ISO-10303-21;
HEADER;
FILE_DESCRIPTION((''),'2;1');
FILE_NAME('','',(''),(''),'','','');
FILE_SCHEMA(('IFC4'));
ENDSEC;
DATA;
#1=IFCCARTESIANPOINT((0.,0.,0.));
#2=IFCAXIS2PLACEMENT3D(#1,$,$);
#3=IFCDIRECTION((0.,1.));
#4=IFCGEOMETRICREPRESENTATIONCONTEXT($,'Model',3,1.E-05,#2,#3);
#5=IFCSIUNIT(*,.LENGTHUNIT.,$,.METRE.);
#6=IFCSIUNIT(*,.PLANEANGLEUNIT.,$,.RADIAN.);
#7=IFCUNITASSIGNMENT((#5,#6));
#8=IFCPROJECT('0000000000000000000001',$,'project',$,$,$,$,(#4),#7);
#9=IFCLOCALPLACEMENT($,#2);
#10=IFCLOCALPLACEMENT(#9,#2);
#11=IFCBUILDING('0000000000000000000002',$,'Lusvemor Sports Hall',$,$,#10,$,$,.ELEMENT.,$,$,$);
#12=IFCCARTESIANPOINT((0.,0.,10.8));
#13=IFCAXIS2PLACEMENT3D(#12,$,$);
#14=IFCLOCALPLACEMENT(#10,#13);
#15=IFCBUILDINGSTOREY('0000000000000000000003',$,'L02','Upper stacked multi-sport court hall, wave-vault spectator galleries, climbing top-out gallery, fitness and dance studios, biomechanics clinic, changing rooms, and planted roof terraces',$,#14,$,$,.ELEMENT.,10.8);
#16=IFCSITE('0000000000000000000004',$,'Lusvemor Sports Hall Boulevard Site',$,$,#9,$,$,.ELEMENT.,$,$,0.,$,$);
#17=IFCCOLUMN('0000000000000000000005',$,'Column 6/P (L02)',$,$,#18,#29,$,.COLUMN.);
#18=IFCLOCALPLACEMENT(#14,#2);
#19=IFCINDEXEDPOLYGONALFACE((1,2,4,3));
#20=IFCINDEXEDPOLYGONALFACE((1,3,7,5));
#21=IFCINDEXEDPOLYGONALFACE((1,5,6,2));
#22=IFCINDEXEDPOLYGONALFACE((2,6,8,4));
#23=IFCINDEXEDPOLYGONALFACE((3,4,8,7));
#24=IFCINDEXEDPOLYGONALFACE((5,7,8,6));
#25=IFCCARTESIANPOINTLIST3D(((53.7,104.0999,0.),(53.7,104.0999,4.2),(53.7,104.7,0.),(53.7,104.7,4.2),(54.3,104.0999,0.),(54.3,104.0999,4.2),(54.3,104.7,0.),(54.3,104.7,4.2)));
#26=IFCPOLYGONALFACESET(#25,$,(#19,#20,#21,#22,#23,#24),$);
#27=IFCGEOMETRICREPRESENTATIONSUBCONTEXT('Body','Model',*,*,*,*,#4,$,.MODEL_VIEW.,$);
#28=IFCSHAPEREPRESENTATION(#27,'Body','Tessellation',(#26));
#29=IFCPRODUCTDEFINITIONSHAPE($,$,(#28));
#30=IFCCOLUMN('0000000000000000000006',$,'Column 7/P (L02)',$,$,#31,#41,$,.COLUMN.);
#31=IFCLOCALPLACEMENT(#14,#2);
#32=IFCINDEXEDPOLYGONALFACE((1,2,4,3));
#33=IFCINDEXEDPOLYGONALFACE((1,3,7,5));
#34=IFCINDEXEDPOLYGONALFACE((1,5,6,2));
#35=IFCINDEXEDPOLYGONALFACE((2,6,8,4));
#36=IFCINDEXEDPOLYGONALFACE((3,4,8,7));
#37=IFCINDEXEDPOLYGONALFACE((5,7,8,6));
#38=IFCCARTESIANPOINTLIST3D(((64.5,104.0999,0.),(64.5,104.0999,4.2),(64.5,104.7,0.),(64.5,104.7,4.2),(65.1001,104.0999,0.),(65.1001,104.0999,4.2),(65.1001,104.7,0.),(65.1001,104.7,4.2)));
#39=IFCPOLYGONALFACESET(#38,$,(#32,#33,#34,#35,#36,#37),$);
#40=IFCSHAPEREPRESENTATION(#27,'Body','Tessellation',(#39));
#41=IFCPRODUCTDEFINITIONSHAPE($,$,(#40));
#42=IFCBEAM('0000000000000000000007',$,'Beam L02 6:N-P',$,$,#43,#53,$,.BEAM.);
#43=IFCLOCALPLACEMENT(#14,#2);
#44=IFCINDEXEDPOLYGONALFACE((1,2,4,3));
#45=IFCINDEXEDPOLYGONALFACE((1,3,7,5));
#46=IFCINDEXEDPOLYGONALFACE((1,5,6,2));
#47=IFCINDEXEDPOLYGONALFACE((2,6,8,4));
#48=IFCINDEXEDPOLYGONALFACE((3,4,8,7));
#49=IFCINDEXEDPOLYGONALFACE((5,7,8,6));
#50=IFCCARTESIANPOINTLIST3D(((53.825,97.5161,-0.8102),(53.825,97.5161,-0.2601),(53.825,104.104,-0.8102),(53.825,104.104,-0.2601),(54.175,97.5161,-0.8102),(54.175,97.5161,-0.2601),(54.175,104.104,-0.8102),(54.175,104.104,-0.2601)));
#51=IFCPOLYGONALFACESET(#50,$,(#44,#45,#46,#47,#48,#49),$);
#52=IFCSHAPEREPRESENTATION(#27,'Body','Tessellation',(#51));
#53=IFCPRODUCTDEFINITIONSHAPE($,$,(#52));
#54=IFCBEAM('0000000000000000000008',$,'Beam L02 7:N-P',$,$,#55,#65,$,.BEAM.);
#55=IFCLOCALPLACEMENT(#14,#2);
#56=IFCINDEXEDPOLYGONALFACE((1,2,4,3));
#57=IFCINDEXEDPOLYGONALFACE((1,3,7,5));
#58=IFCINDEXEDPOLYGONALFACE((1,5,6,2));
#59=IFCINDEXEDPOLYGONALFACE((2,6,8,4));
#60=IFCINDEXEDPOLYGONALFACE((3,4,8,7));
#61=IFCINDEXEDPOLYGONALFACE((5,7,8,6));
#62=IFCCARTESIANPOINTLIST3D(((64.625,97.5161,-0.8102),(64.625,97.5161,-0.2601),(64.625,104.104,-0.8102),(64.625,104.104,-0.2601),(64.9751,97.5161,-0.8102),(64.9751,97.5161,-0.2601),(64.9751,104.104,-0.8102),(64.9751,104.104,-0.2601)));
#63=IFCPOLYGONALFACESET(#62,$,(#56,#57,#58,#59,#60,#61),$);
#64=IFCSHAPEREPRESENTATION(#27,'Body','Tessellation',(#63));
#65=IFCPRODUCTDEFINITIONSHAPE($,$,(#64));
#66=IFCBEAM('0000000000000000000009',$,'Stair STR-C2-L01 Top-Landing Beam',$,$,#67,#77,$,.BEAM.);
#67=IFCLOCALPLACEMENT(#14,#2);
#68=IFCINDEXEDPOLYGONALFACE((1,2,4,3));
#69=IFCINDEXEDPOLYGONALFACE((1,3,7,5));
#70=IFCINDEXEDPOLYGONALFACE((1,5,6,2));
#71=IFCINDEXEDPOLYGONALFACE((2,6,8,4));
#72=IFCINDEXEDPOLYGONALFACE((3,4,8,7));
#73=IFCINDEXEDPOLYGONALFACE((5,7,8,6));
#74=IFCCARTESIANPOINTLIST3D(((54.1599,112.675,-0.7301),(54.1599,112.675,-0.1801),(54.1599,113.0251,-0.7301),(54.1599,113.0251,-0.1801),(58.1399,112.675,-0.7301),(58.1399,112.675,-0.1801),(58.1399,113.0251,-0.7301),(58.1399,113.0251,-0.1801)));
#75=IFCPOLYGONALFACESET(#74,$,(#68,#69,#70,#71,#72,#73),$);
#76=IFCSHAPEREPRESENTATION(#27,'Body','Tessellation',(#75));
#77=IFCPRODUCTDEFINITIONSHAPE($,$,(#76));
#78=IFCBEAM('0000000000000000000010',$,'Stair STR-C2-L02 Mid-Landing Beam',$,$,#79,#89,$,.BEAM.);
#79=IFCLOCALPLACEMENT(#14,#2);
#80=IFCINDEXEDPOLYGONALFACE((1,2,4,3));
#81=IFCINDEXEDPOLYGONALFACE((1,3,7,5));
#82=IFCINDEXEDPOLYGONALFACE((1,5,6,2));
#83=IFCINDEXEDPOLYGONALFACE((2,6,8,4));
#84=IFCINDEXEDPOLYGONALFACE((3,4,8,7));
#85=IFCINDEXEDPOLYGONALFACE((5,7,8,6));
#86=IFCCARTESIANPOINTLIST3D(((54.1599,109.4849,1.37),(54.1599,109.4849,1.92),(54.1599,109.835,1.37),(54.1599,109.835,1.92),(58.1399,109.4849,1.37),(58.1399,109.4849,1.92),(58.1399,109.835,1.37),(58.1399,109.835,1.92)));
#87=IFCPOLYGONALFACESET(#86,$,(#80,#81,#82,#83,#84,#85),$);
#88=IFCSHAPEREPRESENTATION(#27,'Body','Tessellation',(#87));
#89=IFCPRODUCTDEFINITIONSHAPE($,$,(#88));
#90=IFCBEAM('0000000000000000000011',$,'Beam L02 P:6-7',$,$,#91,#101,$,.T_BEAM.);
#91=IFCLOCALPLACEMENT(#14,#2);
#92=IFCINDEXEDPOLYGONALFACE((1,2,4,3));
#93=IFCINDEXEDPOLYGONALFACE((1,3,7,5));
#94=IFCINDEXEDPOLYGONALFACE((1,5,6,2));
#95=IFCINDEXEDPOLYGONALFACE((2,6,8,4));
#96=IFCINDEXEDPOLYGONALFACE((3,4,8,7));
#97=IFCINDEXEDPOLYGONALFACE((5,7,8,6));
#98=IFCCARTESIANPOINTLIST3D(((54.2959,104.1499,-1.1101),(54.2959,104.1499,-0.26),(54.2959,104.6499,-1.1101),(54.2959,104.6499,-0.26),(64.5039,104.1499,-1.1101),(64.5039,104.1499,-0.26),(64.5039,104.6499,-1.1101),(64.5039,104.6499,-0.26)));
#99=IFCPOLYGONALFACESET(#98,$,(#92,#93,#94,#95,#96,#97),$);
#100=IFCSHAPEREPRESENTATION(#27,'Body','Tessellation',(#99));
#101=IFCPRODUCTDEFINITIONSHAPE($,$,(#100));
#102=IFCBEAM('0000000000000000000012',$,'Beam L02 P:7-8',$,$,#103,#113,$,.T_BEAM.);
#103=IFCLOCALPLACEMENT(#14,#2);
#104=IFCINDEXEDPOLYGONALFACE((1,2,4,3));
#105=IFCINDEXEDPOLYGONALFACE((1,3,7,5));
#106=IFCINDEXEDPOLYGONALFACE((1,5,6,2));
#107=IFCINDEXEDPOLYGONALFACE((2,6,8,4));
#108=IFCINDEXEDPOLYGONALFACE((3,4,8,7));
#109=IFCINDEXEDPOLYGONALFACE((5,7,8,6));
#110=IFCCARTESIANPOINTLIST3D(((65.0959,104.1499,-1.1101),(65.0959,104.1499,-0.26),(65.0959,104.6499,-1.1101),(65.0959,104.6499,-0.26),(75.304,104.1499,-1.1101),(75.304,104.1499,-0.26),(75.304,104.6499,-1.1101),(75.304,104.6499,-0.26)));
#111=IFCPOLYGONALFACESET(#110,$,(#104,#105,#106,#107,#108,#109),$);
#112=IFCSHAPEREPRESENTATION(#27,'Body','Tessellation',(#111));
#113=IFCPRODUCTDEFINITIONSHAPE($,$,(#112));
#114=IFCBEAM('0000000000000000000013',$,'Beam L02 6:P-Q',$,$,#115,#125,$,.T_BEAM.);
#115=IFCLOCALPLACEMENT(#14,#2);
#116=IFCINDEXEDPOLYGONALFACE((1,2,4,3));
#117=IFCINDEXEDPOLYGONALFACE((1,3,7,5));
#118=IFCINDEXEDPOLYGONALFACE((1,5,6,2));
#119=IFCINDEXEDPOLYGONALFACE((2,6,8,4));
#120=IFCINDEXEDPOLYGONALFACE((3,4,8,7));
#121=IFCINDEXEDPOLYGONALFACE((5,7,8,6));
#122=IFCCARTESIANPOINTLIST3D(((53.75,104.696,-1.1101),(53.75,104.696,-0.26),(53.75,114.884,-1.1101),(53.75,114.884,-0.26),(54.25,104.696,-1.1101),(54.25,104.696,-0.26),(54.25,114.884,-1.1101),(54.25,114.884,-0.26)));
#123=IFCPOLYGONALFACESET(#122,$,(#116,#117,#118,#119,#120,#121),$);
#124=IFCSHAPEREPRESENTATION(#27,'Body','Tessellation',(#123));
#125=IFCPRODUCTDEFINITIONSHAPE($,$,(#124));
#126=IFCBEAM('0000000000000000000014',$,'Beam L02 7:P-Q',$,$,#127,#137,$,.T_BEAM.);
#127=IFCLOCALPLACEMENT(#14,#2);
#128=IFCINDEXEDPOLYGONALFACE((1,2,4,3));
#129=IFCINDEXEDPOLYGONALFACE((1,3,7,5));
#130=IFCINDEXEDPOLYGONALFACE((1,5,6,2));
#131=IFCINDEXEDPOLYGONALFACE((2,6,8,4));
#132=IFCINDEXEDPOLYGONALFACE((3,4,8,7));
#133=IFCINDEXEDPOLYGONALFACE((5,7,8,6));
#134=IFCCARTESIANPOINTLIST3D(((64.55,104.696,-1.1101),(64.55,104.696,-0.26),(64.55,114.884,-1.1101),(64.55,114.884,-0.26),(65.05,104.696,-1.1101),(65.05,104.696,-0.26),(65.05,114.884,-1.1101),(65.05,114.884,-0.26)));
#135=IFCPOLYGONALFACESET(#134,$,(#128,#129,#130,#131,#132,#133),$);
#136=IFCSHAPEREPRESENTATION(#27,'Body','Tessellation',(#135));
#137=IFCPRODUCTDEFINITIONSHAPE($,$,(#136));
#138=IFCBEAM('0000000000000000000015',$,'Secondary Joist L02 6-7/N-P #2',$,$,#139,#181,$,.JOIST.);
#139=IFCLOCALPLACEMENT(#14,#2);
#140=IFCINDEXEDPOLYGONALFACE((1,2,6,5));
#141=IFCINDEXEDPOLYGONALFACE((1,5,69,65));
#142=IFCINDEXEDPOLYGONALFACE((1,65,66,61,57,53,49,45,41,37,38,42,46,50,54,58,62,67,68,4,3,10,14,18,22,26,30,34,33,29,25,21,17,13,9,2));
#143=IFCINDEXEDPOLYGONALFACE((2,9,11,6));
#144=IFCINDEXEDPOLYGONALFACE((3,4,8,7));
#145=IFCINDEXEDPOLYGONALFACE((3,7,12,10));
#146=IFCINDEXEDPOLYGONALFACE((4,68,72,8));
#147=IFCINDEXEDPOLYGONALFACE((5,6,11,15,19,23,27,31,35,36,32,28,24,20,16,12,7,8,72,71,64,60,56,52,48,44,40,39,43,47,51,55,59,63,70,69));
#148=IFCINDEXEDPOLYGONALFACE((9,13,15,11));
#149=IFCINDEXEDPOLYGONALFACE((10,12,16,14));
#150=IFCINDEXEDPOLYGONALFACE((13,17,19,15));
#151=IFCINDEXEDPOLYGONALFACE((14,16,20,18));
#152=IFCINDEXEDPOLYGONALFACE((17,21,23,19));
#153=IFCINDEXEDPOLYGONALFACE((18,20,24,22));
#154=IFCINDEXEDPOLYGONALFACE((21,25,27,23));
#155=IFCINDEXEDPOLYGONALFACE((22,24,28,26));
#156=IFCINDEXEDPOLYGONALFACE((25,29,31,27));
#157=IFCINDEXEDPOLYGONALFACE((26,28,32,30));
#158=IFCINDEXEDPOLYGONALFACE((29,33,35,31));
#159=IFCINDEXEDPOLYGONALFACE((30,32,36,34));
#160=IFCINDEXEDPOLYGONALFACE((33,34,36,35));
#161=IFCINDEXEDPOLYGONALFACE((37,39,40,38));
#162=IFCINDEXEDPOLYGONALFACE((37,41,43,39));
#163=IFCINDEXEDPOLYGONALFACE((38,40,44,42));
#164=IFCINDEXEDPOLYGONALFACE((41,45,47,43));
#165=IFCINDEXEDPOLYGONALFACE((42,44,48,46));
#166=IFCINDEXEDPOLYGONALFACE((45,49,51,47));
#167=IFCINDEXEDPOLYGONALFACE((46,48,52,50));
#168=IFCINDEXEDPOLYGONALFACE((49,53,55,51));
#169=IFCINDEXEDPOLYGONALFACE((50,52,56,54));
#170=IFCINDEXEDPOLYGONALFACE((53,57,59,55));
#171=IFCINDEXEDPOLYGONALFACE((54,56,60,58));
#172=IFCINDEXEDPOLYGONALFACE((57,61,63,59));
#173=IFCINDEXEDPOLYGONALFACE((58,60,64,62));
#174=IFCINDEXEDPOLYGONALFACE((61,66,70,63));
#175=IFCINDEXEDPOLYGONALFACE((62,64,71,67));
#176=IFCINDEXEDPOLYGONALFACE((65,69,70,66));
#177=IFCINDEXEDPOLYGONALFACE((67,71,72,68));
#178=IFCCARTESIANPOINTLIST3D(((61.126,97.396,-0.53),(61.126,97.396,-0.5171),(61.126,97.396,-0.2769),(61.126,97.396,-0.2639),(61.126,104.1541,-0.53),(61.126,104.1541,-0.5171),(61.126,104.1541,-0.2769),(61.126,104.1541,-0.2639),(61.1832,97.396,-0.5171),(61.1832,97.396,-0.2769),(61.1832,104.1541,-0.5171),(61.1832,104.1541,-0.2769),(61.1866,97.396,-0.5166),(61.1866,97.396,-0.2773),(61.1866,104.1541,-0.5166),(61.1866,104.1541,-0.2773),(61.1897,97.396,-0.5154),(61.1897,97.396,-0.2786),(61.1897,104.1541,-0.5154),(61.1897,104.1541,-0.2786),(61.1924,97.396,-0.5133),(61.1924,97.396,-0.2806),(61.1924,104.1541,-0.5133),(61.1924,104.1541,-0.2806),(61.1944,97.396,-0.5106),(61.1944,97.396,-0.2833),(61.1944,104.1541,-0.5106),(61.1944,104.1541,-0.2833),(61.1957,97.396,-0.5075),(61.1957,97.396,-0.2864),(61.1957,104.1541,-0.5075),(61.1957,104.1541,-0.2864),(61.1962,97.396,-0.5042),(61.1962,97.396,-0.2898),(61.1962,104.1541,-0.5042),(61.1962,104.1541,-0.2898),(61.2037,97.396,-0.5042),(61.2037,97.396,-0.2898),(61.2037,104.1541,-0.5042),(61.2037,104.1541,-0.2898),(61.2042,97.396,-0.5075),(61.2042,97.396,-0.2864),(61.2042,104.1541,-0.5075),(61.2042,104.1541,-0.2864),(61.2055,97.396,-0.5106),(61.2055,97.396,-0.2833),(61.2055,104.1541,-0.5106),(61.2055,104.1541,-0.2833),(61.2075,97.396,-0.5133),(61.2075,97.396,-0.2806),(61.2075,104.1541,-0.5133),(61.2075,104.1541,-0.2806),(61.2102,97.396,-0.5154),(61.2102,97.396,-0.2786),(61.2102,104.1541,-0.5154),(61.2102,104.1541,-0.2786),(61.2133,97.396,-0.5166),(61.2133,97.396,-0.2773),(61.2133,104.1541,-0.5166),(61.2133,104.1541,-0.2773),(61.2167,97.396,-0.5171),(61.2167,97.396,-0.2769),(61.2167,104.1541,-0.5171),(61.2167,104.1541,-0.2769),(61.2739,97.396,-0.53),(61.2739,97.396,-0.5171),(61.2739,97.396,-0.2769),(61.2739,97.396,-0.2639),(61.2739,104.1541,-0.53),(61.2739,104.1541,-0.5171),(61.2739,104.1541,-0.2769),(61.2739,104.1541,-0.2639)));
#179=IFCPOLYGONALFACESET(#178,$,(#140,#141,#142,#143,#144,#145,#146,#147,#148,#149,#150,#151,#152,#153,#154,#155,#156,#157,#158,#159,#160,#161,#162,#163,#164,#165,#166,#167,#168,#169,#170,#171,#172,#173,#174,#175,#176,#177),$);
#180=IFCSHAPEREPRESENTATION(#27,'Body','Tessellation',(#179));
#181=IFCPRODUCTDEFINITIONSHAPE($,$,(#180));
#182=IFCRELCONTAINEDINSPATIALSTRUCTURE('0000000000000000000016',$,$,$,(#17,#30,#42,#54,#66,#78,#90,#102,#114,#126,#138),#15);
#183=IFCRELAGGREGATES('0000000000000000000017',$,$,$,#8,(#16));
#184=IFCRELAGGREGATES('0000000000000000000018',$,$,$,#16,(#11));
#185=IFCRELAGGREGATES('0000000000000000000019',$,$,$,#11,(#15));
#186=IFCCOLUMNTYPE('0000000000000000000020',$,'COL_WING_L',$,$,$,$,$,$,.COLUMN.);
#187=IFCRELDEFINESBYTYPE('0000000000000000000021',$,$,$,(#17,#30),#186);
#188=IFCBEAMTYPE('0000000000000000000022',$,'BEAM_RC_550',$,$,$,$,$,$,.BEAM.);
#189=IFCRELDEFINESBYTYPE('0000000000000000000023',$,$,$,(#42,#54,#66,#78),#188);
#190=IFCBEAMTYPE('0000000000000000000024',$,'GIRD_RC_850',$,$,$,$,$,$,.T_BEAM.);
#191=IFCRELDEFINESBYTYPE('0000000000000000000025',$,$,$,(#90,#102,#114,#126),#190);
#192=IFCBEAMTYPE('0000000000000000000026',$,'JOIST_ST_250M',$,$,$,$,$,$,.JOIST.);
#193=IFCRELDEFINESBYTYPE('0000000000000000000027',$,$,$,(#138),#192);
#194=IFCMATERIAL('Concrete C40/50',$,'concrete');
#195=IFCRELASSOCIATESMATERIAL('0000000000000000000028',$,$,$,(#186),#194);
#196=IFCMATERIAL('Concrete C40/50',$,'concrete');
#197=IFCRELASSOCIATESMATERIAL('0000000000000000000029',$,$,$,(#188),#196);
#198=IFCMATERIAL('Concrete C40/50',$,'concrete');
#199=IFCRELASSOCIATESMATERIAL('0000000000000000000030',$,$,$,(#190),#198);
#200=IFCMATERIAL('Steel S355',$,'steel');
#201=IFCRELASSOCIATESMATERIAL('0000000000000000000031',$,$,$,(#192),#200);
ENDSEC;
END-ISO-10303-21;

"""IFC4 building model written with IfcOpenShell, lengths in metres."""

from ifc_helpers import new_model, si_unit, direction, frame, origin, origin_2d, place, context, subcontext, project, spatial, rectangle, i_section, extrude, material, material_profile, profile_set, type_object, element, save


model = new_model("IFC4")

# Units and contexts
model_context = context("Model", 3, precision=1e-05, world=origin(), true_north=direction((0.0, 1.0)))
body_context = subcontext(model_context, "Body", "Model", "MODEL_VIEW")
ifc_project = project(units=[si_unit("LENGTHUNIT", "METRE"), si_unit("PLANEANGLEUNIT", "RADIAN")], contexts=[model_context])

# Site, building, storey
site_placement = place(None, origin())
site = spatial("IfcSite", under=ifc_project, at=site_placement, Name="Lusvemor Sports Hall Boulevard Site", CompositionType="ELEMENT", RefElevation=0.0)
building_placement = place(site_placement, origin())
building = spatial("IfcBuilding", under=site, at=building_placement, Name="Lusvemor Sports Hall", CompositionType="ELEMENT")
storey_placement = place(building_placement, frame((0.0, 0.0, 10.8)))
storey = spatial("IfcBuildingStorey", under=building, at=storey_placement, Name="L02", Description="Upper stacked multi-sport court hall, wave-vault spectator galleries, climbing top-out gallery, fitness and dance studios, biomechanics clinic, changing rooms, and planted roof terraces", CompositionType="ELEMENT", Elevation=10.8)

# Columns
ifc_material_1 = material(Name="Concrete C40/50", Category="concrete")
ifc_material_profile_1 = material_profile(ifc_material_1, rectangle(XDim=0.6001, YDim=0.6001, at=origin_2d()), Name="RC600x600")
ifc_profile_set_1 = profile_set([ifc_material_profile_1], Name="Concrete C40/50")
column_type = type_object("IfcColumnType", Name="COL_WING_L", PredefinedType="COLUMN", material=ifc_profile_set_1)
for number, where, z_axis, x_axis, name in (
    (1, (54.0, 104.3999, 0.0), (0.0, 0.0, 1.0), (1.0, 0.0, 0.0), "Column 6/P (L02)"),
    (2, (64.8, 104.3999, 0.0), (0.0, 0.0, 1.0), (1.0, 0.0, 0.0), "Column 7/P (L02)"),
):
    element("IfcColumn", number, at=place(storey_placement, frame(where, z_axis=z_axis, x_axis=x_axis)), inside=storey, type_object=column_type, Name=name, PredefinedType="COLUMN", context=body_context, shape_type="SweptSolid", body=[
        extrude(rectangle(XDim=0.6001, YDim=0.6001, at=origin_2d()), origin(), (0.0, 0.0, 1.0), 4.2),
    ])

# Beams
ifc_material_2 = material(Name="Concrete C40/50", Category="concrete")
ifc_material_profile_2 = material_profile(ifc_material_2, rectangle(XDim=0.3501, YDim=0.55, at=origin_2d()), Name="RC350x550")
ifc_profile_set_2 = profile_set([ifc_material_profile_2], Name="Concrete C40/50")
beam_type_1 = type_object("IfcBeamType", Name="BEAM_RC_550", PredefinedType="BEAM", material=ifc_profile_set_2)
for number, where, z_axis, x_axis, name in (
    (3, (54.0, 97.5161, -0.5352), (0.0, 1.0, 0.0), (-1.0, 0.0, 0.0), "Beam L02 6:N-P"),
    (4, (64.8, 97.5161, -0.5352), (0.0, 1.0, 0.0), (-1.0, 0.0, 0.0), "Beam L02 7:N-P"),
):
    element("IfcBeam", number, at=place(storey_placement, frame(where, z_axis=z_axis, x_axis=x_axis)), inside=storey, type_object=beam_type_1, Name=name, PredefinedType="BEAM", context=body_context, shape_type="SweptSolid", body=[
        extrude(rectangle(XDim=0.3501, YDim=0.55, at=origin_2d()), origin(), (0.0, 0.0, 1.0), 6.5879),
    ])
for number, where, z_axis, x_axis, name in (
    (5, (54.1599, 112.8501, -0.4551), (1.0, 0.0, 0.0), (0.0, 1.0, 0.0), "Stair STR-C2-L01 Top-Landing Beam"),
    (6, (54.1599, 109.6599, 1.645), (1.0, 0.0, 0.0), (0.0, 1.0, 0.0), "Stair STR-C2-L02 Mid-Landing Beam"),
):
    element("IfcBeam", number, at=place(storey_placement, frame(where, z_axis=z_axis, x_axis=x_axis)), inside=storey, type_object=beam_type_1, Name=name, PredefinedType="BEAM", context=body_context, shape_type="SweptSolid", body=[
        extrude(rectangle(XDim=0.3501, YDim=0.55, at=origin_2d()), origin(), (0.0, 0.0, 1.0), 3.98),
    ])
ifc_material_3 = material(Name="Concrete C40/50", Category="concrete")
ifc_material_profile_3 = material_profile(ifc_material_3, rectangle(XDim=0.5, YDim=0.8501, at=origin_2d()), Name="RC500x850")
ifc_profile_set_3 = profile_set([ifc_material_profile_3], Name="Concrete C40/50")
beam_type_2 = type_object("IfcBeamType", Name="GIRD_RC_850", PredefinedType="T_BEAM", material=ifc_profile_set_3)
for number, where, z_axis, x_axis, name in (
    (7, (54.2959, 104.3999, -0.6851), (1.0, 0.0, 0.0), (0.0, 1.0, 0.0), "Beam L02 P:6-7"),
    (8, (65.0959, 104.3999, -0.6851), (1.0, 0.0, 0.0), (0.0, 1.0, 0.0), "Beam L02 P:7-8"),
):
    element("IfcBeam", number, at=place(storey_placement, frame(where, z_axis=z_axis, x_axis=x_axis)), inside=storey, type_object=beam_type_2, Name=name, PredefinedType="T_BEAM", context=body_context, shape_type="SweptSolid", body=[
        extrude(rectangle(XDim=0.5, YDim=0.8501, at=origin_2d()), origin(), (0.0, 0.0, 1.0), 10.208),
    ])
for number, where, z_axis, x_axis, name in (
    (9, (54.0, 104.696, -0.6851), (0.0, 1.0, 0.0), (-1.0, 0.0, 0.0), "Beam L02 6:P-Q"),
    (10, (64.8, 104.696, -0.6851), (0.0, 1.0, 0.0), (-1.0, 0.0, 0.0), "Beam L02 7:P-Q"),
):
    element("IfcBeam", number, at=place(storey_placement, frame(where, z_axis=z_axis, x_axis=x_axis)), inside=storey, type_object=beam_type_2, Name=name, PredefinedType="T_BEAM", context=body_context, shape_type="SweptSolid", body=[
        extrude(rectangle(XDim=0.5, YDim=0.8501, at=origin_2d()), origin(), (0.0, 0.0, 1.0), 10.188),
    ])
ifc_material_4 = material(Name="Steel S355", Category="steel")
ifc_material_profile_4 = material_profile(ifc_material_4, i_section(OverallWidth=0.1479, OverallDepth=0.2661, WebThickness=0.0076, FlangeThickness=0.0129, FilletRadius=0.0129, at=origin_2d()), Name="W250x44.8")
ifc_profile_set_4 = profile_set([ifc_material_profile_4], Name="Steel S355")
beam_type_3 = type_object("IfcBeamType", Name="JOIST_ST_250M", PredefinedType="JOIST", material=ifc_profile_set_4)
beam_1_placement = place(storey_placement, frame((61.2, 97.396, -0.397), z_axis=(0.0, 1.0, 0.0), x_axis=(-1.0, 0.0, 0.0)))
element("IfcBeam", 11, at=beam_1_placement, inside=storey, type_object=beam_type_3, Name="Secondary Joist L02 6-7/N-P #2", PredefinedType="JOIST", context=body_context, shape_type="SweptSolid", body=[
    extrude(i_section(OverallWidth=0.1479, OverallDepth=0.2661, WebThickness=0.0076, FlangeThickness=0.0129, FilletRadius=0.0129, at=origin_2d()), origin(), (0.0, 0.0, 1.0), 6.7581),
])

save(model, "model.ifc")
